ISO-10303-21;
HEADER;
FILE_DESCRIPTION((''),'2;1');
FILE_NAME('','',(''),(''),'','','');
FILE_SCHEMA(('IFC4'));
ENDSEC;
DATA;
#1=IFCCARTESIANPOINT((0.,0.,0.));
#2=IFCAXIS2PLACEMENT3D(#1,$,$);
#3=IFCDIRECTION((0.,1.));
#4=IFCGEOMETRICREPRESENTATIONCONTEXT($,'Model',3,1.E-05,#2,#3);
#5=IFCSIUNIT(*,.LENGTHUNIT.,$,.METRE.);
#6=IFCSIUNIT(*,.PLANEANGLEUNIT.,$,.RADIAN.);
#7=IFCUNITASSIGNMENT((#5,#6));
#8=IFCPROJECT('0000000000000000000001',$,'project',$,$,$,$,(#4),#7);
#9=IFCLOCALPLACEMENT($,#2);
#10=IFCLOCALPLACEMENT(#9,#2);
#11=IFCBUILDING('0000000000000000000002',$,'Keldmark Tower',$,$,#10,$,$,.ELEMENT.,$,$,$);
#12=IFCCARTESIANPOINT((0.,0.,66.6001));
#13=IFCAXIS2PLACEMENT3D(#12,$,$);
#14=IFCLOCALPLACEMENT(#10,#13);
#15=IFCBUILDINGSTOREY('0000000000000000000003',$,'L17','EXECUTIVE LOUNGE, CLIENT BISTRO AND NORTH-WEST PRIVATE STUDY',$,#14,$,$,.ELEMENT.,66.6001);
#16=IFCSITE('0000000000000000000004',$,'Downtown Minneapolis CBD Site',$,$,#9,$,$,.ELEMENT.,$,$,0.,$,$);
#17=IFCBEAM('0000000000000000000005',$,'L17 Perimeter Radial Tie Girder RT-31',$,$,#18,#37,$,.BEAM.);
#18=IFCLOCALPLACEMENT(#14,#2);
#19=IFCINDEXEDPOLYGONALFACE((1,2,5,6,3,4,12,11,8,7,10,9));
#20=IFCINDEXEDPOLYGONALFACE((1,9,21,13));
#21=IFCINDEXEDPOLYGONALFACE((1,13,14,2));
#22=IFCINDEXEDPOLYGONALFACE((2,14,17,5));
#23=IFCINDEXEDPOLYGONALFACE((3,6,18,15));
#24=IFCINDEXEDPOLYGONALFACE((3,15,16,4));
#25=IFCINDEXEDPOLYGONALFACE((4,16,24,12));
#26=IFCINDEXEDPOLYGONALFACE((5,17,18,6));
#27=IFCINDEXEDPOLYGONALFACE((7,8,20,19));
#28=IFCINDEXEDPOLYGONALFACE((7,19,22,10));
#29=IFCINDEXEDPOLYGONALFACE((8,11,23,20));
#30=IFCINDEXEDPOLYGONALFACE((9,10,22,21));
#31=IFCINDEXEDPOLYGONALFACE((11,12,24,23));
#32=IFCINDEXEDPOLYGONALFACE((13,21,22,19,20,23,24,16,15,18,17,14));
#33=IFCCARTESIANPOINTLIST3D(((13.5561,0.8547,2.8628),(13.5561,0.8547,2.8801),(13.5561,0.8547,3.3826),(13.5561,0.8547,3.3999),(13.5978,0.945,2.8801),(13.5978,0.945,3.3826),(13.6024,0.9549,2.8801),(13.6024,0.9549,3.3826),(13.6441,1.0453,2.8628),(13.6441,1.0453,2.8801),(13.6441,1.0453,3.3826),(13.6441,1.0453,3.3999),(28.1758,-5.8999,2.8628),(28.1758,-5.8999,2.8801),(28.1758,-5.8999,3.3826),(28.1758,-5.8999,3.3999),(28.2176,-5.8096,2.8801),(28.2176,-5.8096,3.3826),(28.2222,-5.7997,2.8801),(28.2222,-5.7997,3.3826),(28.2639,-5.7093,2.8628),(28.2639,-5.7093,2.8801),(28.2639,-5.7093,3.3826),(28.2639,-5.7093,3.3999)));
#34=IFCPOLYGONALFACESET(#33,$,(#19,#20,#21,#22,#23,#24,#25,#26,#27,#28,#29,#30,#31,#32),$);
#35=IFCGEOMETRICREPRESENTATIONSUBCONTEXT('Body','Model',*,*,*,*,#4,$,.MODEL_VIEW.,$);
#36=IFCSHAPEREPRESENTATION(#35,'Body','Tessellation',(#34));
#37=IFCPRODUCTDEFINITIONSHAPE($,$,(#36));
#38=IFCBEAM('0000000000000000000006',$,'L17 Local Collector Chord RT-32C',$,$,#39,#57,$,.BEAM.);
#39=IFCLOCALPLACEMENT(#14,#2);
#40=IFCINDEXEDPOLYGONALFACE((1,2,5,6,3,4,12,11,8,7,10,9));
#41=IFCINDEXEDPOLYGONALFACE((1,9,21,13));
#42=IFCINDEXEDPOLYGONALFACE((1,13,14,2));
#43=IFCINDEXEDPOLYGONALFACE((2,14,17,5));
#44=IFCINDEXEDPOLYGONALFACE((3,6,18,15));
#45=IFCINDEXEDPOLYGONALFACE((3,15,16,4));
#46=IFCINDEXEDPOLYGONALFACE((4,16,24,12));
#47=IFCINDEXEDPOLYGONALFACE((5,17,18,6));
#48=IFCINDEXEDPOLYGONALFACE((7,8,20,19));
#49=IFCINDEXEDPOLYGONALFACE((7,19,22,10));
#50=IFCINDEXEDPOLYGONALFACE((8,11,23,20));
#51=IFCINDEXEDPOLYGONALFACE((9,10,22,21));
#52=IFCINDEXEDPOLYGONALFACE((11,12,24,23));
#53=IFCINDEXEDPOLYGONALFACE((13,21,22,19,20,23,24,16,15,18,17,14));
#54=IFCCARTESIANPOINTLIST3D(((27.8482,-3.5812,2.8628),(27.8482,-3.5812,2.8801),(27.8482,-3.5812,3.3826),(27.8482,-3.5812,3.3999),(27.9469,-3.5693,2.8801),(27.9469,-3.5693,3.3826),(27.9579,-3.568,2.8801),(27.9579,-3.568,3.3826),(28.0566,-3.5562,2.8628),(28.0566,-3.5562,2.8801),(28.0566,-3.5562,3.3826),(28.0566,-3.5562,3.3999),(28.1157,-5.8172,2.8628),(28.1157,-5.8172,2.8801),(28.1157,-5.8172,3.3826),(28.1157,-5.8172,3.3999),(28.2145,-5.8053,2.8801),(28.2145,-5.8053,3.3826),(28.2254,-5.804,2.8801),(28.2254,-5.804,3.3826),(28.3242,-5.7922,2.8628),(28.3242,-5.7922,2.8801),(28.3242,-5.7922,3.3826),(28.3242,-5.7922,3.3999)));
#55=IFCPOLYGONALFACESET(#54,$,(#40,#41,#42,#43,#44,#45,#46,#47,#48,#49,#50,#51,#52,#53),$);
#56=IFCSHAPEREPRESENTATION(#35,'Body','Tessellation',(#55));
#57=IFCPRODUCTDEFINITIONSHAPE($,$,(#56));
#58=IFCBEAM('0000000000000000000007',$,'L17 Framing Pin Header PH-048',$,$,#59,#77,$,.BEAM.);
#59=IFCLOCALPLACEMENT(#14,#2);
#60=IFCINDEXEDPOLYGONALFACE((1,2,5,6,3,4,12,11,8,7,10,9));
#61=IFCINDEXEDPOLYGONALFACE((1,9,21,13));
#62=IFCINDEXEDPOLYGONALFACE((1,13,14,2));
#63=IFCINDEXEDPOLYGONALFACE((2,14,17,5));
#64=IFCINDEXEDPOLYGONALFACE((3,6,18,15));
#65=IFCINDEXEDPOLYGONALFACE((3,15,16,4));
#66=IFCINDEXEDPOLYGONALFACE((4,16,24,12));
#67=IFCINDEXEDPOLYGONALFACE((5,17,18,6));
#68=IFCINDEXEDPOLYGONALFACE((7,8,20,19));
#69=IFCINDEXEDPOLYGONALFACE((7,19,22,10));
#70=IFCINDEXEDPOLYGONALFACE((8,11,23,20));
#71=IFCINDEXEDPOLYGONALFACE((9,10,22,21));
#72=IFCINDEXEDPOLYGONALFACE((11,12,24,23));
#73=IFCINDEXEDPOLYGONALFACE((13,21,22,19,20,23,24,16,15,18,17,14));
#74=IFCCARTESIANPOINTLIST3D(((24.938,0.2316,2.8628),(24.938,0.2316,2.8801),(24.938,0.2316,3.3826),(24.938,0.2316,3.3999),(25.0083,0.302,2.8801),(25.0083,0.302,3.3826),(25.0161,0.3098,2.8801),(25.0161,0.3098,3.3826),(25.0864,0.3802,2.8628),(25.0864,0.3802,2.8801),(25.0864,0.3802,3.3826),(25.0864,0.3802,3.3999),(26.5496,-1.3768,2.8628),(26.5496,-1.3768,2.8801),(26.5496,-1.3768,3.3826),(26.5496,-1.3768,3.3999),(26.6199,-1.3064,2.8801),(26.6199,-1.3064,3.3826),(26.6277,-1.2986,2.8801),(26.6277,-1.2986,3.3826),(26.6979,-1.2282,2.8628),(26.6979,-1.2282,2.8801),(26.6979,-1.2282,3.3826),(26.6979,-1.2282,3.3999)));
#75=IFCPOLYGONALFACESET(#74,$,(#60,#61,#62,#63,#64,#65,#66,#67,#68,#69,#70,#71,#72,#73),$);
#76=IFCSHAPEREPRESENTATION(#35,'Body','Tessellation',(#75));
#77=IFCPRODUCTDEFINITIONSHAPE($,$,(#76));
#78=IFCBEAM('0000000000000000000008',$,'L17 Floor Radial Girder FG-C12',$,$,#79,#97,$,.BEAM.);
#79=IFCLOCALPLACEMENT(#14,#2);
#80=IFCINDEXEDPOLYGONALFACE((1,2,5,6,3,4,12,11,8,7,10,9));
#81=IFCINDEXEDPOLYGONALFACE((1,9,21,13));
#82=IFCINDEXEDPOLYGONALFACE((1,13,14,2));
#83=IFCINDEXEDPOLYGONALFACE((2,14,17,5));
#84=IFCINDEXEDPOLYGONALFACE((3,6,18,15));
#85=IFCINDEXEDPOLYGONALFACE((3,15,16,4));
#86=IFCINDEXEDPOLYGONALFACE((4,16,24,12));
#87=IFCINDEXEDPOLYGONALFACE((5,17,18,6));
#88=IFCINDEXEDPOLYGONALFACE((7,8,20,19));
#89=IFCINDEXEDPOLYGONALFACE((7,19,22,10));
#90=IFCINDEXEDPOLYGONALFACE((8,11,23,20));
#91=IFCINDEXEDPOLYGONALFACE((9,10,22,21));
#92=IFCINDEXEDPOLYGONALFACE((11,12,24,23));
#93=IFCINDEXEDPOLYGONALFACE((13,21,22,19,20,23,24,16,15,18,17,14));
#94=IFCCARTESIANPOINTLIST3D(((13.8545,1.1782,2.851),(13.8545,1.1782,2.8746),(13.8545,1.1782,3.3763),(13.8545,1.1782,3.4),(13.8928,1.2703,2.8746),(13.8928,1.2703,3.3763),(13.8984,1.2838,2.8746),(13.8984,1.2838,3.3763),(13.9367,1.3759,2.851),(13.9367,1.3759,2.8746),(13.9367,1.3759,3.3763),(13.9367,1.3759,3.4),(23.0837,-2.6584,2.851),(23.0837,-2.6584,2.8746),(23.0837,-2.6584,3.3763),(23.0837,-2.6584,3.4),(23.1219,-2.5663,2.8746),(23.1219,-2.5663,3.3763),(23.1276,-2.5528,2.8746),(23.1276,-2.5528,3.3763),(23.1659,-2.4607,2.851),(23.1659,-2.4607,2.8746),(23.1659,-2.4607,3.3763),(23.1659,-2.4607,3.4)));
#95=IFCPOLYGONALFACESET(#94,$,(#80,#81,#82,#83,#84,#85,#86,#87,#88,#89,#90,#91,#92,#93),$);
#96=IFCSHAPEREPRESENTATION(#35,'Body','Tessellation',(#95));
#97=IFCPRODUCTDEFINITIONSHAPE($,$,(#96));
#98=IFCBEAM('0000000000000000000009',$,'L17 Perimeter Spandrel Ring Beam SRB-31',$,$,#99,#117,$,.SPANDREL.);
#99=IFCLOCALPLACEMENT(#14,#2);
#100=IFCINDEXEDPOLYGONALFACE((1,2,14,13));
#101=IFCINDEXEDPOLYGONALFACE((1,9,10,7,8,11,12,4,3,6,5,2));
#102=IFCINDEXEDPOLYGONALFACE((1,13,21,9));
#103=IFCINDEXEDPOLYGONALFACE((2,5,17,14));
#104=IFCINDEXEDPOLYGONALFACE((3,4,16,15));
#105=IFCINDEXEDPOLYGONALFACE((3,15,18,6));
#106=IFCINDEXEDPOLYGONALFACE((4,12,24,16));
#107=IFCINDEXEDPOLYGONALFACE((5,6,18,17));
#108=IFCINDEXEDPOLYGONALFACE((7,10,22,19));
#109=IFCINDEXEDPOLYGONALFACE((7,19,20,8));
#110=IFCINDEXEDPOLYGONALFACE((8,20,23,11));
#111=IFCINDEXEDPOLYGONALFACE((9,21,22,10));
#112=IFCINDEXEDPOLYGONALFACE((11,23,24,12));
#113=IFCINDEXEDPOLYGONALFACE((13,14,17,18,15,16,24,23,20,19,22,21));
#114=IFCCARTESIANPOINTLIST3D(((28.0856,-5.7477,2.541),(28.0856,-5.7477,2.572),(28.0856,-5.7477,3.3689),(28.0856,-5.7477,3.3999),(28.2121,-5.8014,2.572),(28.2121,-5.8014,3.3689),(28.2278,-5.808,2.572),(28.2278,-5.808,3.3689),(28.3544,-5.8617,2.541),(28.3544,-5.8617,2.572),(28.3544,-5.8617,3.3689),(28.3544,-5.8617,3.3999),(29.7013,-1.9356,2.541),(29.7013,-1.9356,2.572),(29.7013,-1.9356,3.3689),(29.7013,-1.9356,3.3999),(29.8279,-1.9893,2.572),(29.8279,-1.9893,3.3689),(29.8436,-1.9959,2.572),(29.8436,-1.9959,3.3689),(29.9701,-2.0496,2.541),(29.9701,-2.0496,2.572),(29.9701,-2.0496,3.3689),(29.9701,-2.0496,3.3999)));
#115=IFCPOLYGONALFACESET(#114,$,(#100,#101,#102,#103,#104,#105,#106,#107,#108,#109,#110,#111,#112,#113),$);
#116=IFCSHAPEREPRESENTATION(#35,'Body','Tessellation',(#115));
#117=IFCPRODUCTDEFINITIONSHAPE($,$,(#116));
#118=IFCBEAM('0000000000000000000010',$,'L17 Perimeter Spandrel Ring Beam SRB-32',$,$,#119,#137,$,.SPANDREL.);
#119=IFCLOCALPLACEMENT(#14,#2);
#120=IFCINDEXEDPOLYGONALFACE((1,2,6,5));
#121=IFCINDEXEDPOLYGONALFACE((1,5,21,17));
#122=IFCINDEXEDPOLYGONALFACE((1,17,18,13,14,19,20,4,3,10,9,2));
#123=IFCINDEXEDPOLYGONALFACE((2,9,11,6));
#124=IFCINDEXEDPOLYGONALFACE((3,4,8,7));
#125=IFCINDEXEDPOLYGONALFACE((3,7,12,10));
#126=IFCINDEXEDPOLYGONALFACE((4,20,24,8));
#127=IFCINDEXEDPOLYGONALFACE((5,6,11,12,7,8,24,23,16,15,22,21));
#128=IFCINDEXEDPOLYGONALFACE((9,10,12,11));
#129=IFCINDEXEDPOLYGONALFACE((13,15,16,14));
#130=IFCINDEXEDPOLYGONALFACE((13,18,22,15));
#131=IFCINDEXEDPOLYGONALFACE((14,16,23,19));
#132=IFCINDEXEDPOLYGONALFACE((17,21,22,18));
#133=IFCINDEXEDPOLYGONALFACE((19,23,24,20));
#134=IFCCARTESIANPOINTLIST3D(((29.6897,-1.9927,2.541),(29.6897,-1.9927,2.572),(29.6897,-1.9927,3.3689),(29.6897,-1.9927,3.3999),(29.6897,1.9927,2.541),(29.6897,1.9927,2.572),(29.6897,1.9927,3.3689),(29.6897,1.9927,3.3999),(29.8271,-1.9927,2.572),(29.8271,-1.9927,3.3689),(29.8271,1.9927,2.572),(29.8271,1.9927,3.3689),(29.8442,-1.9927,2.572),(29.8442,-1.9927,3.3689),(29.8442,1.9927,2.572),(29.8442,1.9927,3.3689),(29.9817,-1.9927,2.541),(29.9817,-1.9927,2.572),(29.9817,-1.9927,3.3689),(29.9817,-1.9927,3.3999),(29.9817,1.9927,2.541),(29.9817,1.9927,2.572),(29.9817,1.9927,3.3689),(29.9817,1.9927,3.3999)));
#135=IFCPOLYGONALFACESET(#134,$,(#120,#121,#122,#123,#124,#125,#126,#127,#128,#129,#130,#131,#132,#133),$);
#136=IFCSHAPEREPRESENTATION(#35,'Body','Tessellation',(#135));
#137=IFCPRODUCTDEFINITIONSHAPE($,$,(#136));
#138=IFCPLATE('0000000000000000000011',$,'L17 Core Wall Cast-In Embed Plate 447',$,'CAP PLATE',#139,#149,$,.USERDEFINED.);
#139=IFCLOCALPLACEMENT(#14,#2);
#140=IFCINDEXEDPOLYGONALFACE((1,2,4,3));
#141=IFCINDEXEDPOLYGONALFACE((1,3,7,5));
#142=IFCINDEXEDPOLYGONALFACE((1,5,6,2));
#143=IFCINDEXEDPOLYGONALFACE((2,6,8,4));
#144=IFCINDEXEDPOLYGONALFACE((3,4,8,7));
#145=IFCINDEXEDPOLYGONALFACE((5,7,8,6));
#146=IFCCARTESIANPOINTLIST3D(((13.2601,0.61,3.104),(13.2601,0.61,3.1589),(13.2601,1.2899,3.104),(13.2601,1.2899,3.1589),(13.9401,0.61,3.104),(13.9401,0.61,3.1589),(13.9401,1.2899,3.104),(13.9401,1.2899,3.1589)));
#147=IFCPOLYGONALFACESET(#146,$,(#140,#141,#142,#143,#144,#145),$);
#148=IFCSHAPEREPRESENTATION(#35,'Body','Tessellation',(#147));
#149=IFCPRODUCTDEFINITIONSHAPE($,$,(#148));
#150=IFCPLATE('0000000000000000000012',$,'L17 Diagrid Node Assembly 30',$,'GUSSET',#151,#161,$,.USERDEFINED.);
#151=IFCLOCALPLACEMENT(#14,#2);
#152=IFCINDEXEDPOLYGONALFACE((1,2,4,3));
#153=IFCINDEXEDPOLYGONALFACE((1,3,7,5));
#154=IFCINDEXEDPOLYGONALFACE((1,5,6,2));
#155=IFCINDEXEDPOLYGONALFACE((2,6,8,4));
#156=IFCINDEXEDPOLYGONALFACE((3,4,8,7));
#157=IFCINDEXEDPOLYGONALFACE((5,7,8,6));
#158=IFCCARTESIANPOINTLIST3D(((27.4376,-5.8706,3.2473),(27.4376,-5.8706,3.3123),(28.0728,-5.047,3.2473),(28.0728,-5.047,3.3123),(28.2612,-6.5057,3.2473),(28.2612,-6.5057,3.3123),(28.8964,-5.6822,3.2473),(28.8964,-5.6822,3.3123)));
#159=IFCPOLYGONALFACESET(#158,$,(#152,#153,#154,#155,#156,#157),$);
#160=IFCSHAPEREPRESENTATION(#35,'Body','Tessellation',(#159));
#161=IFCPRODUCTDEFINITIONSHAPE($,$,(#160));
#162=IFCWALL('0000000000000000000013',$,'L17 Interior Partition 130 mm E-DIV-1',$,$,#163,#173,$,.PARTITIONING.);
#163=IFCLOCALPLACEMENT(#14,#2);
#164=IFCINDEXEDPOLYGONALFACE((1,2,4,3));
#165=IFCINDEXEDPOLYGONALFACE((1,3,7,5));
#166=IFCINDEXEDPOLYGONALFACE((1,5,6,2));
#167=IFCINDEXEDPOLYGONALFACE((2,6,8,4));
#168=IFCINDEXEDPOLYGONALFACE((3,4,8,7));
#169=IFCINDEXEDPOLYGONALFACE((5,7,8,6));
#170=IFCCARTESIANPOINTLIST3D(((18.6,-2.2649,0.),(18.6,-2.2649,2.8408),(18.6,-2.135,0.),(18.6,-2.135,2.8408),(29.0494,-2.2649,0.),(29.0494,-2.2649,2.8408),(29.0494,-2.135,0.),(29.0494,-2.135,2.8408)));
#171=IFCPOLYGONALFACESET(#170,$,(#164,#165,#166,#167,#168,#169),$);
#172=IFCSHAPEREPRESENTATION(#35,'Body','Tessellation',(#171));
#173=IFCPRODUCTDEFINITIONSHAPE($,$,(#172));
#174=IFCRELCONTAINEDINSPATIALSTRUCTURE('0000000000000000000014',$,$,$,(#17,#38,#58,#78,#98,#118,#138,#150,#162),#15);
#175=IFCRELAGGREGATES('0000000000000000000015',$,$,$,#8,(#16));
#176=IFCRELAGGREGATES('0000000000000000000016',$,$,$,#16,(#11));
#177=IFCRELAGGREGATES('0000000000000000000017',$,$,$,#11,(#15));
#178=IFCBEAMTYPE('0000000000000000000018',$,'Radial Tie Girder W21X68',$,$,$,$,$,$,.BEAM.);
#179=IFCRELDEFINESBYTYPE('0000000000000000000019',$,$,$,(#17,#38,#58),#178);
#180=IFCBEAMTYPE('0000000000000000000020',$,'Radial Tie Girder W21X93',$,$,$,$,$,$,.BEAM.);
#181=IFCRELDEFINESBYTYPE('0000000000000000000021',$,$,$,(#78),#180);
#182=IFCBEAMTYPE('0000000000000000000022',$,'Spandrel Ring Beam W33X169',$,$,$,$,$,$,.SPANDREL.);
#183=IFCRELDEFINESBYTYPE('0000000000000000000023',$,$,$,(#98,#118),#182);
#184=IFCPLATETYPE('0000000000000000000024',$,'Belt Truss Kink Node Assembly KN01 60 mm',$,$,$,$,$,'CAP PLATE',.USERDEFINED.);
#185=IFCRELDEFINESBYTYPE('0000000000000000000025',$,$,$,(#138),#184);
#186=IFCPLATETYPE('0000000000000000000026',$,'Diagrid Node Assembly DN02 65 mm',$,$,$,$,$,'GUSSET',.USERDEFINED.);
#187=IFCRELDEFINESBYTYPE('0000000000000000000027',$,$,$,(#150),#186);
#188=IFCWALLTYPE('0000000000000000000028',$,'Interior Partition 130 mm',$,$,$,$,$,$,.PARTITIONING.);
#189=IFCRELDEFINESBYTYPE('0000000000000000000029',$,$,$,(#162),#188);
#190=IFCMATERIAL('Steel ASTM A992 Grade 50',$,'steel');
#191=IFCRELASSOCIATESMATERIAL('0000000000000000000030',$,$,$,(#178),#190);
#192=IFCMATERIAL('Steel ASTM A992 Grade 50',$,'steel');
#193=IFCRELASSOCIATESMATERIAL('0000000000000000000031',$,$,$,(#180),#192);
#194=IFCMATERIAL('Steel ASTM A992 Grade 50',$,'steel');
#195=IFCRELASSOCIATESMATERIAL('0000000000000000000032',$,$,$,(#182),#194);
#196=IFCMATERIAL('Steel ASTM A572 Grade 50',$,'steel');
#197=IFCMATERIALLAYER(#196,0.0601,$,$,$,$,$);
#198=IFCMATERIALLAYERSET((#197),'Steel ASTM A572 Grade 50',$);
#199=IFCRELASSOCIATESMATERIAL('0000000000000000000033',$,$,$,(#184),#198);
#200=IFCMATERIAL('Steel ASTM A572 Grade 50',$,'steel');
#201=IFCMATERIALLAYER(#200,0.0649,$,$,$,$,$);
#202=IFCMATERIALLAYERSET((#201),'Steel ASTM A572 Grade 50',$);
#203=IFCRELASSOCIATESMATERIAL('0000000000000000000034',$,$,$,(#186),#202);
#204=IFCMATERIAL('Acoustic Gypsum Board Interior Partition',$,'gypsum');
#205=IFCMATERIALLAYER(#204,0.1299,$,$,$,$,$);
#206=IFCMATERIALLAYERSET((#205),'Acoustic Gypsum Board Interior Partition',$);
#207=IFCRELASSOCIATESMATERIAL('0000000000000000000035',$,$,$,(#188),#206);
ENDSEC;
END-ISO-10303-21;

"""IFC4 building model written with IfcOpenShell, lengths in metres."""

from ifc_helpers import new_model, si_unit, direction, frame, frame_2d, origin, origin_2d, place, context, subcontext, project, spatial, rectangle, i_section, extrude, material, layer, layer_set, material_profile, profile_set, type_object, element, save


model = new_model("IFC4")

# Units and contexts
model_context = context("Model", 3, precision=1e-05, world=origin(), true_north=direction((0.0, 1.0)))
body_context = subcontext(model_context, "Body", "Model", "MODEL_VIEW")
ifc_project = project(units=[si_unit("LENGTHUNIT", "METRE"), si_unit("PLANEANGLEUNIT", "RADIAN")], contexts=[model_context])

# Site, building, storey
site_placement = place(None, origin())
site = spatial("IfcSite", under=ifc_project, at=site_placement, Name="Downtown Minneapolis CBD Site", CompositionType="ELEMENT", RefElevation=0.0)
building_placement = place(site_placement, origin())
building = spatial("IfcBuilding", under=site, at=building_placement, Name="Keldmark Tower", CompositionType="ELEMENT")
storey_placement = place(building_placement, frame((0.0, 0.0, 66.6001)))
storey = spatial("IfcBuildingStorey", under=building, at=storey_placement, Name="L17", Description="EXECUTIVE LOUNGE, CLIENT BISTRO AND NORTH-WEST PRIVATE STUDY", CompositionType="ELEMENT", Elevation=66.6001)

# Beams
ifc_material_1 = material(Name="Steel ASTM A992 Grade 50", Category="steel")
ifc_material_profile_1 = material_profile(ifc_material_1, i_section(OverallWidth=0.21, OverallDepth=0.5371, WebThickness=0.011, FlangeThickness=0.0173, at=origin_2d()), Name="W21X68")
ifc_profile_set_1 = profile_set([ifc_material_profile_1], Name="Steel ASTM A992 Grade 50")
beam_type_1 = type_object("IfcBeamType", Name="Radial Tie Girder W21X68", PredefinedType="BEAM", material=ifc_profile_set_1)
beam_1_placement = place(storey_placement, frame((13.6001, 0.95, 3.1313), z_axis=(0.907794, -0.419417, 0.0), x_axis=(0.419417, 0.907794, 0.0)))
element("IfcBeam", 1, at=beam_1_placement, inside=storey, type_object=beam_type_1, Name="L17 Perimeter Radial Tie Girder RT-31", PredefinedType="BEAM", context=body_context, shape_type="SweptSolid", body=[
    extrude(i_section(OverallWidth=0.21, OverallDepth=0.5371, WebThickness=0.011, FlangeThickness=0.0173, at=origin_2d()), origin(), (0.0, 0.0, 1.0), 16.1047),
])
beam_2_placement = place(storey_placement, frame((28.22, -5.8047, 3.1313), z_axis=(-0.118816, 0.992916, 0.0), x_axis=(-0.992916, -0.118816, 0.0)))
element("IfcBeam", 2, at=beam_2_placement, inside=storey, type_object=beam_type_1, Name="L17 Local Collector Chord RT-32C", PredefinedType="BEAM", context=body_context, shape_type="SweptSolid", body=[
    extrude(i_section(OverallWidth=0.21, OverallDepth=0.5371, WebThickness=0.011, FlangeThickness=0.0173, at=origin_2d()), origin(), (0.0, 0.0, 1.0), 2.252),
])
beam_3_placement = place(storey_placement, frame((25.0122, 0.3059, 3.1313), z_axis=(0.707803, -0.706409, 0.0), x_axis=(0.706409, 0.707803, 0.0)))
element("IfcBeam", 3, at=beam_3_placement, inside=storey, type_object=beam_type_1, Name="L17 Framing Pin Header PH-048", PredefinedType="BEAM", context=body_context, shape_type="SweptSolid", body=[
    extrude(i_section(OverallWidth=0.21, OverallDepth=0.5371, WebThickness=0.011, FlangeThickness=0.0173, at=origin_2d()), origin(), (0.0, 0.0, 1.0), 2.2769),
])
ifc_material_2 = material(Name="Steel ASTM A992 Grade 50", Category="steel")
ifc_material_profile_2 = material_profile(ifc_material_2, i_section(OverallWidth=0.2141, OverallDepth=0.5491, WebThickness=0.0146, FlangeThickness=0.0237, at=origin_2d()), Name="W21X93")
ifc_profile_set_2 = profile_set([ifc_material_profile_2], Name="Steel ASTM A992 Grade 50")
beam_type_2 = type_object("IfcBeamType", Name="Radial Tie Girder W21X93", PredefinedType="BEAM", material=ifc_profile_set_2)
beam_4_placement = place(storey_placement, frame((23.1248, -2.5596, 3.1255), z_axis=(-0.923391, 0.383861, 0.0), x_axis=(-0.383861, -0.923391, 0.0)))
element("IfcBeam", 4, at=beam_4_placement, inside=storey, type_object=beam_type_2, Name="L17 Floor Radial Girder FG-C12", PredefinedType="BEAM", context=body_context, shape_type="SweptSolid", body=[
    extrude(i_section(OverallWidth=0.2141, OverallDepth=0.5491, WebThickness=0.0146, FlangeThickness=0.0237, at=origin_2d()), origin(), (0.0, 0.0, 1.0), 9.9949),
])
ifc_material_3 = material(Name="Steel ASTM A992 Grade 50", Category="steel")
ifc_material_profile_3 = material_profile(ifc_material_3, i_section(OverallWidth=0.292, OverallDepth=0.8589, WebThickness=0.0171, FlangeThickness=0.031, at=origin_2d()), Name="W33X169")
ifc_profile_set_3 = profile_set([ifc_material_profile_3], Name="Steel ASTM A992 Grade 50")
beam_type_3 = type_object("IfcBeamType", Name="Spandrel Ring Beam W33X169", PredefinedType="SPANDREL", material=ifc_profile_set_3)
beam_5_placement = place(storey_placement, frame((28.22, -5.8047, 2.9705), z_axis=(0.390244, 0.920712, 0.0), x_axis=(-0.920712, 0.390244, 0.0)))
element("IfcBeam", 5, at=beam_5_placement, inside=storey, type_object=beam_type_3, Name="L17 Perimeter Spandrel Ring Beam SRB-31", PredefinedType="SPANDREL", context=body_context, shape_type="SweptSolid", body=[
    extrude(i_section(OverallWidth=0.292, OverallDepth=0.8589, WebThickness=0.0171, FlangeThickness=0.031, at=origin_2d()), origin(), (0.0, 0.0, 1.0), 4.1404),
])
beam_6_placement = place(storey_placement, frame((29.8357, -1.9927, 2.9705), z_axis=(0.0, 1.0, 0.0), x_axis=(-1.0, 0.0, 0.0)))
element("IfcBeam", 6, at=beam_6_placement, inside=storey, type_object=beam_type_3, Name="L17 Perimeter Spandrel Ring Beam SRB-32", PredefinedType="SPANDREL", context=body_context, shape_type="SweptSolid", body=[
    extrude(i_section(OverallWidth=0.292, OverallDepth=0.8589, WebThickness=0.0171, FlangeThickness=0.031, at=origin_2d()), origin(), (0.0, 0.0, 1.0), 3.9854),
])

# Plates
ifc_material_4 = material(Name="Steel ASTM A572 Grade 50", Category="steel")
ifc_layer_1 = layer(ifc_material_4, 0.0601)
ifc_layer_set_1 = layer_set([ifc_layer_1], Name="Steel ASTM A572 Grade 50")
plate_type_1 = type_object("IfcPlateType", Name="Belt Truss Kink Node Assembly KN01 60 mm", ElementType="CAP PLATE", PredefinedType="USERDEFINED", material=ifc_layer_set_1)
plate_1_placement = place(storey_placement, frame((13.6001, 0.95, 3.104), z_axis=(0.0, 0.0, 1.0), x_axis=(1.0, 0.0, 0.0)))
element("IfcPlate", 7, at=plate_1_placement, inside=storey, type_object=plate_type_1, Name="L17 Core Wall Cast-In Embed Plate 447", ObjectType="CAP PLATE", PredefinedType="USERDEFINED", context=body_context, shape_type="SweptSolid", body=[
    extrude(rectangle(XDim=0.6799, YDim=0.6799, at=origin_2d()), origin(), (0.0, 0.0, 1.0), 0.0549),
])
ifc_material_5 = material(Name="Steel ASTM A572 Grade 50", Category="steel")
ifc_layer_2 = layer(ifc_material_5, 0.0649)
ifc_layer_set_2 = layer_set([ifc_layer_2], Name="Steel ASTM A572 Grade 50")
plate_type_2 = type_object("IfcPlateType", Name="Diagrid Node Assembly DN02 65 mm", ElementType="GUSSET", PredefinedType="USERDEFINED", material=ifc_layer_set_2)
plate_2_placement = place(storey_placement, frame((28.167, -5.7764, 3.2473), z_axis=(0.0, 0.0, 1.0), x_axis=(0.610698, 0.791863, 0.0)))
element("IfcPlate", 8, at=plate_2_placement, inside=storey, type_object=plate_type_2, Name="L17 Diagrid Node Assembly 30", ObjectType="GUSSET", PredefinedType="USERDEFINED", context=body_context, shape_type="SweptSolid", body=[
    extrude(rectangle(XDim=1.04, YDim=1.04, at=origin_2d()), origin(), (0.0, 0.0, 1.0), 0.0649),
])

# Wall
ifc_material_6 = material(Name="Acoustic Gypsum Board Interior Partition", Category="gypsum")
ifc_layer_3 = layer(ifc_material_6, 0.1299)
ifc_layer_set_3 = layer_set([ifc_layer_3], Name="Acoustic Gypsum Board Interior Partition")
wall_type_1 = type_object("IfcWallType", Name="Interior Partition 130 mm", PredefinedType="PARTITIONING", material=ifc_layer_set_3)
wall_1_placement = place(storey_placement, frame((18.6001, -2.2, 0.0), z_axis=(0.0, 0.0, 1.0), x_axis=(1.0, 0.0, 0.0)))
element("IfcWall", 9, at=wall_1_placement, inside=storey, type_object=wall_type_1, Name="L17 Interior Partition 130 mm E-DIV-1", PredefinedType="PARTITIONING", context=body_context, shape_type="SweptSolid", body=[
    extrude(rectangle(XDim=10.4495, YDim=0.1299, at=frame_2d((5.2246, 0.0))), origin(), (0.0, 0.0, 1.0), 2.8408),
])

save(model, "model.ifc")
